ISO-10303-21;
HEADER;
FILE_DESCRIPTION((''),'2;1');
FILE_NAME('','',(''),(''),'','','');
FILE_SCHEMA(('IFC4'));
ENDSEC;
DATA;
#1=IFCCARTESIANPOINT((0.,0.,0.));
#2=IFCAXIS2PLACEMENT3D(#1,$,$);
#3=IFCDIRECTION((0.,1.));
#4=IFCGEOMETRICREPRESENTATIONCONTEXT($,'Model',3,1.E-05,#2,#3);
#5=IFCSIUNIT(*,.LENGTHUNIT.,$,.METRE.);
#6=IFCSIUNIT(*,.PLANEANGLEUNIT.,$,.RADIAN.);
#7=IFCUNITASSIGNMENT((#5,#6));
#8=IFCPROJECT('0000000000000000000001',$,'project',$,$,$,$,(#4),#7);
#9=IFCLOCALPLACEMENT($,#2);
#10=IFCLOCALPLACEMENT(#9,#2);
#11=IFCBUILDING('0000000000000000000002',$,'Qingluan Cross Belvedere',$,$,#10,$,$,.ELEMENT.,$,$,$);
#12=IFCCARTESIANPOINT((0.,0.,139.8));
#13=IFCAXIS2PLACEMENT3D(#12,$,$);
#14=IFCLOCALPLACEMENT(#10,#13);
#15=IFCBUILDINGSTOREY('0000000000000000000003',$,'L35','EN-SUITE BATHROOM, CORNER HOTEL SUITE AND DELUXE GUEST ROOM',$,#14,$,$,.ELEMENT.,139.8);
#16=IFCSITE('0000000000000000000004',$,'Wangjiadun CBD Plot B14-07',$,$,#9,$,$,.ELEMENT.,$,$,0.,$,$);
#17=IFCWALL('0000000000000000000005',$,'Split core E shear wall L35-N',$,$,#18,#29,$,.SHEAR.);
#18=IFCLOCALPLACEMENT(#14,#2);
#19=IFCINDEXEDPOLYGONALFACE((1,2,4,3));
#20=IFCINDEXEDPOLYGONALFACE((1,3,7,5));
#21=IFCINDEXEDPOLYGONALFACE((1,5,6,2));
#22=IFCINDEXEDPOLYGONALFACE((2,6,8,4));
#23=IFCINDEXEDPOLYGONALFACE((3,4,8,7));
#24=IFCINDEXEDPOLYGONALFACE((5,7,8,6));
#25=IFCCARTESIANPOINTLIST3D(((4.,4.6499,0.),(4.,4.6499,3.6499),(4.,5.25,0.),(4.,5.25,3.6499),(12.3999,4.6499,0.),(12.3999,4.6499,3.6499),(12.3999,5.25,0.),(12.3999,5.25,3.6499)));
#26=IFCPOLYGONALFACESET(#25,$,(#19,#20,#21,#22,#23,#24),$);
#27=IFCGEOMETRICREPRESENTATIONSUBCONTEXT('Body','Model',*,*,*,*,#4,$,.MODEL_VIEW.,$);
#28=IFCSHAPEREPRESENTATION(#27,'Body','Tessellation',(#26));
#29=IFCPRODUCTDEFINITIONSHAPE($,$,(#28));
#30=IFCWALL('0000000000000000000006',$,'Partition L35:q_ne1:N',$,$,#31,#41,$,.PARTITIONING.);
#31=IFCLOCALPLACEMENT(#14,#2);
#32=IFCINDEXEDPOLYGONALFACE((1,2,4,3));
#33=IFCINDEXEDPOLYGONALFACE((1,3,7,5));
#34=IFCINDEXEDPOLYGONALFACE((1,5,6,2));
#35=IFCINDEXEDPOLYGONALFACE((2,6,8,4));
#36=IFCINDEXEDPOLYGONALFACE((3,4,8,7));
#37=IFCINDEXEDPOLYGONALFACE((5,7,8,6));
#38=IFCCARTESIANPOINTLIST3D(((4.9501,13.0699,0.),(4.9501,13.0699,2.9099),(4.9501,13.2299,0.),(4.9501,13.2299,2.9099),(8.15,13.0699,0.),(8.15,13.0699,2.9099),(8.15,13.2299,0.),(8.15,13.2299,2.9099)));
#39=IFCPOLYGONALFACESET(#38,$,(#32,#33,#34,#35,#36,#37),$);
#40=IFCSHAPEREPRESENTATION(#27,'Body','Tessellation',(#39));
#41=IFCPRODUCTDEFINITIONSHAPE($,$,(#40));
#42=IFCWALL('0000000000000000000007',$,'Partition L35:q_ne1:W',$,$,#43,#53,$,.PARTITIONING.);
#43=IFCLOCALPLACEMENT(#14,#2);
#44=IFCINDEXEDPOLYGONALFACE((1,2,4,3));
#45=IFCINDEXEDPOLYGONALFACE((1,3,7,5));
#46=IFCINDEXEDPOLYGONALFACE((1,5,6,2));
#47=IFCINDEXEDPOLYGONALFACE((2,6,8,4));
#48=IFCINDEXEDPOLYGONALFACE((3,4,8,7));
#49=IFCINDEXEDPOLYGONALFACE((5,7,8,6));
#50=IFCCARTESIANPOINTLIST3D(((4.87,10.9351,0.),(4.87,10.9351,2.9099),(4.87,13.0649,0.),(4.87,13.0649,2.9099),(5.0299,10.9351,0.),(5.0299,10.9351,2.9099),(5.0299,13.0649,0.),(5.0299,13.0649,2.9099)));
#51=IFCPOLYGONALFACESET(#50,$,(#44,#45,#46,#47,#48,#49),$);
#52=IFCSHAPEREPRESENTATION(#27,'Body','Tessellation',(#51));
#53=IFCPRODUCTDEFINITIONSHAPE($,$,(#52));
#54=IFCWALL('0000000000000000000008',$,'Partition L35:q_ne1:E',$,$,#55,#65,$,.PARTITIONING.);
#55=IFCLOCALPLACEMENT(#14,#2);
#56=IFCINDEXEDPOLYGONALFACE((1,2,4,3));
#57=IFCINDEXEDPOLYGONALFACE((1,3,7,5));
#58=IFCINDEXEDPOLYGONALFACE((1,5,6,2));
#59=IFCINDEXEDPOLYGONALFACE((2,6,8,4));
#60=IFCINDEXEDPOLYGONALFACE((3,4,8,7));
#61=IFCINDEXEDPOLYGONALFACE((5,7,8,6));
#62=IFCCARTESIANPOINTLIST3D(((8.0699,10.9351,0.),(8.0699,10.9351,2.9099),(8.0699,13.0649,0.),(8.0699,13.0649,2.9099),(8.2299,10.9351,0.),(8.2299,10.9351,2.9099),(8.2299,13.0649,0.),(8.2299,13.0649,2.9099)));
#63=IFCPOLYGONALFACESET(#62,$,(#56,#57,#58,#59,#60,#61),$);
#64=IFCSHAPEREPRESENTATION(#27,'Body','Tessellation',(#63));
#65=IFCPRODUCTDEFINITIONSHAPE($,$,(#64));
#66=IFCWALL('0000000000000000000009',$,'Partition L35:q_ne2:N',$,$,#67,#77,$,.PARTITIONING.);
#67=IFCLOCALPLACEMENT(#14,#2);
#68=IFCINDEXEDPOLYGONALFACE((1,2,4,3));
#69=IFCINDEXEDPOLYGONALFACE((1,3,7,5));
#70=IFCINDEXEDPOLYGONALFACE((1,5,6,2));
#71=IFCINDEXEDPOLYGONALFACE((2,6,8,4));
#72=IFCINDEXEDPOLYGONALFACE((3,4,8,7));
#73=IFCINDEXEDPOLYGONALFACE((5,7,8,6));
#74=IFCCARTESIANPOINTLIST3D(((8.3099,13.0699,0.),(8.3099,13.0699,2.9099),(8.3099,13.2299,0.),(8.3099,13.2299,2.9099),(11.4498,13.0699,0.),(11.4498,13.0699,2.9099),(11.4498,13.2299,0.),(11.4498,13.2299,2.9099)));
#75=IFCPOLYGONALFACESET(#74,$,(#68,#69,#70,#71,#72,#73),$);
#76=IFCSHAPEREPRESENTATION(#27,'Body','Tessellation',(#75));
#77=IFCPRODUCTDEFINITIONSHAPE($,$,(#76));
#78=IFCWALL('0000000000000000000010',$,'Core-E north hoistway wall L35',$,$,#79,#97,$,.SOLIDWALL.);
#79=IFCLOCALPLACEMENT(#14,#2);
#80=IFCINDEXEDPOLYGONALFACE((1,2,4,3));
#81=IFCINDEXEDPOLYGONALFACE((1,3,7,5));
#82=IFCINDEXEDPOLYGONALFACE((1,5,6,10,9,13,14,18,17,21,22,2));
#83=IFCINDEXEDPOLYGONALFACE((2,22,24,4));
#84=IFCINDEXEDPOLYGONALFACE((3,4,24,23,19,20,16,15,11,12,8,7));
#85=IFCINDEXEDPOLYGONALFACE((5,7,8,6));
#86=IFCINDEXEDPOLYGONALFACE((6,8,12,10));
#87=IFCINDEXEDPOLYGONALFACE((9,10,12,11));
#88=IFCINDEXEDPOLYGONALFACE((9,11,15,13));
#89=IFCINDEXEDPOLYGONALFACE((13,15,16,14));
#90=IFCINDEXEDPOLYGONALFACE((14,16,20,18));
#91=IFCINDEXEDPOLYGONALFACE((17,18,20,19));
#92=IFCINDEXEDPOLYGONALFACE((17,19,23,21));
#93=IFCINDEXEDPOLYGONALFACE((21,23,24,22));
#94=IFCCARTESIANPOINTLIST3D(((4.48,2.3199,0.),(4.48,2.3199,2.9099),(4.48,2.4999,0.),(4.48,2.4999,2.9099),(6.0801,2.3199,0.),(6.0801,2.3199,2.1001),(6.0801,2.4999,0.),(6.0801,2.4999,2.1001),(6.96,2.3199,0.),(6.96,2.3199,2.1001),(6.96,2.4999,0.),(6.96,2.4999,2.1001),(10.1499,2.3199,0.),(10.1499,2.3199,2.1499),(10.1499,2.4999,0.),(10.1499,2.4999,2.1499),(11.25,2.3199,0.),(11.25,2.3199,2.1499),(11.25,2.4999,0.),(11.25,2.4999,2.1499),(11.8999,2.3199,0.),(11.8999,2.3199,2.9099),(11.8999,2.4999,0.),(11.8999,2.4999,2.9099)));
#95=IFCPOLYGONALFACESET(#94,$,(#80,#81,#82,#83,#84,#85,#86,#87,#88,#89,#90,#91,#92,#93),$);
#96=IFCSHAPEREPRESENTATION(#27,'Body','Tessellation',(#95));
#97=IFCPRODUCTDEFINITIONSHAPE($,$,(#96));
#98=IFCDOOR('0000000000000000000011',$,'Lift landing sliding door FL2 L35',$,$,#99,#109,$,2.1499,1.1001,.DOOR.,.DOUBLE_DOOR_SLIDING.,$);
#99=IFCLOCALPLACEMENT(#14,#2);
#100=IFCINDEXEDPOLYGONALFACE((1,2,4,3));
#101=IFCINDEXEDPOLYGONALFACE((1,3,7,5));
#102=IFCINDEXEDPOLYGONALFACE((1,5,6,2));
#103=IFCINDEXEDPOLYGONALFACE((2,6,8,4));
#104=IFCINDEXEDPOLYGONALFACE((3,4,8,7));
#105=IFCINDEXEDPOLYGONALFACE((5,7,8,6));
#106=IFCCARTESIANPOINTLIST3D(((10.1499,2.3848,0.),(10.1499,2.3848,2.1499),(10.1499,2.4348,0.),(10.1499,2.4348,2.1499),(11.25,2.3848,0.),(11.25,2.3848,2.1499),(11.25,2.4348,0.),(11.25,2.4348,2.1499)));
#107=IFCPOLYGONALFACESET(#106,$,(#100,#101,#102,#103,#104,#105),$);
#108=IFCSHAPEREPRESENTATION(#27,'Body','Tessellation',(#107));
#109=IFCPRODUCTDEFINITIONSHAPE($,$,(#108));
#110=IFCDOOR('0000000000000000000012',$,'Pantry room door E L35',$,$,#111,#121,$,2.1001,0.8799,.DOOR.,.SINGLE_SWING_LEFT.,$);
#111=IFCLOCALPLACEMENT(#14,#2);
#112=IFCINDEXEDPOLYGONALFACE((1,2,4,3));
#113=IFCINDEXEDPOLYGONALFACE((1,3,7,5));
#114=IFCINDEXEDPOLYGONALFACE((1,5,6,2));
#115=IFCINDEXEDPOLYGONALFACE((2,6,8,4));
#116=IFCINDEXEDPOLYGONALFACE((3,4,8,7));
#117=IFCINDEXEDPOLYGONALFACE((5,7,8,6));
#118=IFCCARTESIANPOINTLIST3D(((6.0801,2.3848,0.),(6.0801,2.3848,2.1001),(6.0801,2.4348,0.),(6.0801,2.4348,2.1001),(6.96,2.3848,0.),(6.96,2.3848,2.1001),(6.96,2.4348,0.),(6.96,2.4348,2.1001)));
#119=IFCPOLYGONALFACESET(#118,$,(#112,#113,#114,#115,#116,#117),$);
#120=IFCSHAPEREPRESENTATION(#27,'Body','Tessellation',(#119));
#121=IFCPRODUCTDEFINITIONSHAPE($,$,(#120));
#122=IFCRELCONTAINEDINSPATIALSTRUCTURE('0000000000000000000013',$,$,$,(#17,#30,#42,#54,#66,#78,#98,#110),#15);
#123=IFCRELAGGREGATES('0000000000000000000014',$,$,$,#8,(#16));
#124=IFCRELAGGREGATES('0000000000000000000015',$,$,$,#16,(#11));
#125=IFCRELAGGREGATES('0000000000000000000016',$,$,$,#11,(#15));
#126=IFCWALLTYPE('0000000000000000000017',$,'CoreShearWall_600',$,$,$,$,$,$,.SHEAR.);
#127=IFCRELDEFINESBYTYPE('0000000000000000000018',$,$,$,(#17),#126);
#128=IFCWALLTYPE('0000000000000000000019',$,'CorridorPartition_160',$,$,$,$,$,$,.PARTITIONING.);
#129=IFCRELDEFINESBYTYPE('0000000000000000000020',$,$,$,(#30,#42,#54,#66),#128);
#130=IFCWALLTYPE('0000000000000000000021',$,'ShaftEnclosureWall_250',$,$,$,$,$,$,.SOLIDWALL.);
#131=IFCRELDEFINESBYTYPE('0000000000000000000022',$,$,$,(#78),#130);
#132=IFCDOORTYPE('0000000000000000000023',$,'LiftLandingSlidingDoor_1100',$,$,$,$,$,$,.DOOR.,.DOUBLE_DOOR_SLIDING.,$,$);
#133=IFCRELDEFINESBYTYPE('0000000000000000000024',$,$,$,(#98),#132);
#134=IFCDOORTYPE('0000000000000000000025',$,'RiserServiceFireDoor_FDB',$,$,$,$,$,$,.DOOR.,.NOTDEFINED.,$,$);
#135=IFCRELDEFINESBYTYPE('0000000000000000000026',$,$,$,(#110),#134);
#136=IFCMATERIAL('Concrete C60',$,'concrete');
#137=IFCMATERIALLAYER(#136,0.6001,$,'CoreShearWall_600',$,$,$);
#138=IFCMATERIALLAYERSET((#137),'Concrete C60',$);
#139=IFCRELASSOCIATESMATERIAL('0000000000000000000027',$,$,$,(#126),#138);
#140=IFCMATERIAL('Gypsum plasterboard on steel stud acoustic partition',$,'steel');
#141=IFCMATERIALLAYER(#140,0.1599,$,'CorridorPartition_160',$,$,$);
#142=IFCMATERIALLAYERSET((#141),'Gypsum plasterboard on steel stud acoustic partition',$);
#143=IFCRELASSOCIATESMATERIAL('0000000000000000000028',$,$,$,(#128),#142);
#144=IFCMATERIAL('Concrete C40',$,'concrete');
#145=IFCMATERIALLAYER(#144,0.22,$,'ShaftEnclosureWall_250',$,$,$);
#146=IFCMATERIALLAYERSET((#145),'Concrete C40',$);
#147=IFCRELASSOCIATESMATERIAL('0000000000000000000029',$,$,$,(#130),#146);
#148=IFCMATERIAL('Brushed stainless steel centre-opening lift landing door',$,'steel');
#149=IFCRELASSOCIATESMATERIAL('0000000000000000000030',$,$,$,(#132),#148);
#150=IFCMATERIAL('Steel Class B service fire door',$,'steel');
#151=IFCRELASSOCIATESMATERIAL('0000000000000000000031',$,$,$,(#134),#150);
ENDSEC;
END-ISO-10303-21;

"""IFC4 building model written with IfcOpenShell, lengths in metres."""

from ifc_helpers import new_model, si_unit, direction, frame, frame_2d, origin, place, context, subcontext, project, spatial, rectangle, extrude, material, layer, layer_set, type_object, element, fill, save


model = new_model("IFC4")

# Units and contexts
model_context = context("Model", 3, precision=1e-05, world=origin(), true_north=direction((0.0, 1.0)))
body_context = subcontext(model_context, "Body", "Model", "MODEL_VIEW")
ifc_project = project(units=[si_unit("LENGTHUNIT", "METRE"), si_unit("PLANEANGLEUNIT", "RADIAN")], contexts=[model_context])

# Site, building, storey
site_placement = place(None, origin())
site = spatial("IfcSite", under=ifc_project, at=site_placement, Name="Wangjiadun CBD Plot B14-07", CompositionType="ELEMENT", RefElevation=0.0)
building_placement = place(site_placement, origin())
building = spatial("IfcBuilding", under=site, at=building_placement, Name="Qingluan Cross Belvedere", CompositionType="ELEMENT")
storey_placement = place(building_placement, frame((0.0, 0.0, 139.8)))
storey = spatial("IfcBuildingStorey", under=building, at=storey_placement, Name="L35", Description="EN-SUITE BATHROOM, CORNER HOTEL SUITE AND DELUXE GUEST ROOM", CompositionType="ELEMENT", Elevation=139.8)

# Wall
ifc_material_1 = material(Name="Concrete C60", Category="concrete")
ifc_layer_1 = layer(ifc_material_1, 0.6001, Name="CoreShearWall_600")
ifc_layer_set_1 = layer_set([ifc_layer_1], Name="Concrete C60")
wall_type_1 = type_object("IfcWallType", Name="CoreShearWall_600", PredefinedType="SHEAR", material=ifc_layer_set_1)
wall_1_placement = place(storey_placement, frame((4.0, 4.95, 0.0), z_axis=(0.0, 0.0, 1.0), x_axis=(1.0, 0.0, 0.0)))
element("IfcWall", 1, at=wall_1_placement, inside=storey, type_object=wall_type_1, Name="Split core E shear wall L35-N", PredefinedType="SHEAR", context=body_context, shape_type="SweptSolid", body=[
    extrude(rectangle(XDim=8.3999, YDim=0.6001, at=frame_2d((4.2, 0.0))), origin(), (0.0, 0.0, 1.0), 3.6499),
])

# Shared definitions
ifc_material_2 = material(Name="Gypsum plasterboard on steel stud acoustic partition", Category="steel")
ifc_layer_2 = layer(ifc_material_2, 0.1599, Name="CorridorPartition_160")
ifc_layer_set_2 = layer_set([ifc_layer_2], Name="Gypsum plasterboard on steel stud acoustic partition")
wall_type_2 = type_object("IfcWallType", Name="CorridorPartition_160", PredefinedType="PARTITIONING", material=ifc_layer_set_2)

# Walls
wall_2_placement = place(storey_placement, frame((4.95, 13.1499, 0.0), z_axis=(0.0, 0.0, 1.0), x_axis=(1.0, 0.0, 0.0)))
element("IfcWall", 2, at=wall_2_placement, inside=storey, type_object=wall_type_2, Name="Partition L35:q_ne1:N", PredefinedType="PARTITIONING", context=body_context, shape_type="SweptSolid", body=[
    extrude(rectangle(XDim=3.2, YDim=0.1599, at=frame_2d((1.6001, 0.0))), origin(), (0.0, 0.0, 1.0), 2.9099),
])
for number, where, z_axis, x_axis, name in (
    (3, (4.95, 10.9351, 0.0), (0.0, 0.0, 1.0), (0.0, 1.0, 0.0), "Partition L35:q_ne1:W"),
    (4, (8.1499, 10.9351, 0.0), (0.0, 0.0, 1.0), (0.0, 1.0, 0.0), "Partition L35:q_ne1:E"),
):
    element("IfcWall", number, at=place(storey_placement, frame(where, z_axis=z_axis, x_axis=x_axis)), inside=storey, type_object=wall_type_2, Name=name, PredefinedType="PARTITIONING", context=body_context, shape_type="SweptSolid", body=[
        extrude(rectangle(XDim=2.1299, YDim=0.1599, at=frame_2d((1.0649, 0.0))), origin(), (0.0, 0.0, 1.0), 2.9099),
    ])

# Wall
wall_3_placement = place(storey_placement, frame((8.3101, 13.1499, 0.0), z_axis=(0.0, 0.0, 1.0), x_axis=(1.0, 0.0, 0.0)))
element("IfcWall", 5, at=wall_3_placement, inside=storey, type_object=wall_type_2, Name="Partition L35:q_ne2:N", PredefinedType="PARTITIONING", context=body_context, shape_type="SweptSolid", body=[
    extrude(rectangle(XDim=3.1399, YDim=0.1599, at=frame_2d((1.5698, 0.0))), origin(), (0.0, 0.0, 1.0), 2.9099),
])

# Wall, openings, doors
ifc_material_3 = material(Name="Concrete C40", Category="concrete")
ifc_layer_3 = layer(ifc_material_3, 0.22, Name="ShaftEnclosureWall_250")
ifc_layer_set_3 = layer_set([ifc_layer_3], Name="Concrete C40")
wall_type_3 = type_object("IfcWallType", Name="ShaftEnclosureWall_250", PredefinedType="SOLIDWALL", material=ifc_layer_set_3)
wall_4_placement = place(storey_placement, frame((4.48, 2.4099, 0.0), z_axis=(0.0, 0.0, 1.0), x_axis=(1.0, 0.0, 0.0)))
wall_4 = element("IfcWall", 6, at=wall_4_placement, inside=storey, type_object=wall_type_3, Name="Core-E north hoistway wall L35", PredefinedType="SOLIDWALL", context=body_context, shape_type="SweptSolid", body=[
    extrude(rectangle(XDim=7.4199, YDim=0.1799, at=frame_2d((3.71, 0.0))), origin(), (0.0, 0.0, 1.0), 2.9099),
])
opening_1_placement = place(wall_4_placement, frame((5.6699, 0.0, 0.0)))
opening_1 = element("IfcOpeningElement", 7, at=opening_1_placement, cuts=wall_4, PredefinedType="OPENING", context=body_context, shape_type="SweptSolid", body=[
    extrude(rectangle(XDim=1.1001, YDim=2.1499, at=frame_2d((0.55, 1.075))), frame((0.0, 0.0999, 0.0), z_axis=(0.0, -1.0, 0.0), x_axis=(1.0, 0.0, 0.0)), (0.0, 0.0, 1.0), 0.2),
])
opening_2_placement = place(wall_4_placement, frame((1.6001, 0.0, 0.0)))
opening_2 = element("IfcOpeningElement", 8, at=opening_2_placement, cuts=wall_4, PredefinedType="OPENING", context=body_context, shape_type="SweptSolid", body=[
    extrude(rectangle(XDim=0.8799, YDim=2.1001, at=frame_2d((0.4399, 1.05))), frame((0.0, 0.0999, 0.0), z_axis=(0.0, -1.0, 0.0), x_axis=(1.0, 0.0, 0.0)), (0.0, 0.0, 1.0), 0.2),
])
ifc_material_4 = material(Name="Brushed stainless steel centre-opening lift landing door", Category="steel")
door_type_1 = type_object("IfcDoorType", Name="LiftLandingSlidingDoor_1100", OperationType="DOUBLE_DOOR_SLIDING", PredefinedType="DOOR", material=ifc_material_4)
door_1_placement = place(opening_1_placement, origin())
door_1 = element("IfcDoor", 9, at=door_1_placement, inside=storey, type_object=door_type_1, Name="Lift landing sliding door FL2 L35", OperationType="DOUBLE_DOOR_SLIDING", OverallHeight=2.1499, OverallWidth=1.1001, PredefinedType="DOOR", context=body_context, shape_type="SweptSolid", body=[
    extrude(rectangle(XDim=1.1001, YDim=2.1499, at=frame_2d((0.55, 1.075))), frame((0.0, 0.0249, 0.0), z_axis=(0.0, -1.0, 0.0), x_axis=(1.0, 0.0, 0.0)), (0.0, 0.0, 1.0), 0.05),
])
fill(opening_1, door_1)
ifc_material_5 = material(Name="Steel Class B service fire door", Category="steel")
door_type_2 = type_object("IfcDoorType", Name="RiserServiceFireDoor_FDB", OperationType="NOTDEFINED", PredefinedType="DOOR", material=ifc_material_5)
door_2_placement = place(opening_2_placement, origin())
door_2 = element("IfcDoor", 10, at=door_2_placement, inside=storey, type_object=door_type_2, Name="Pantry room door E L35", OperationType="SINGLE_SWING_LEFT", OverallHeight=2.1001, OverallWidth=0.8799, PredefinedType="DOOR", context=body_context, shape_type="SweptSolid", body=[
    extrude(rectangle(XDim=0.8799, YDim=2.1001, at=frame_2d((0.4399, 1.05))), frame((0.0, 0.0249, 0.0), z_axis=(0.0, -1.0, 0.0), x_axis=(1.0, 0.0, 0.0)), (0.0, 0.0, 1.0), 0.05),
])
fill(opening_2, door_2)

save(model, "model.ifc")
